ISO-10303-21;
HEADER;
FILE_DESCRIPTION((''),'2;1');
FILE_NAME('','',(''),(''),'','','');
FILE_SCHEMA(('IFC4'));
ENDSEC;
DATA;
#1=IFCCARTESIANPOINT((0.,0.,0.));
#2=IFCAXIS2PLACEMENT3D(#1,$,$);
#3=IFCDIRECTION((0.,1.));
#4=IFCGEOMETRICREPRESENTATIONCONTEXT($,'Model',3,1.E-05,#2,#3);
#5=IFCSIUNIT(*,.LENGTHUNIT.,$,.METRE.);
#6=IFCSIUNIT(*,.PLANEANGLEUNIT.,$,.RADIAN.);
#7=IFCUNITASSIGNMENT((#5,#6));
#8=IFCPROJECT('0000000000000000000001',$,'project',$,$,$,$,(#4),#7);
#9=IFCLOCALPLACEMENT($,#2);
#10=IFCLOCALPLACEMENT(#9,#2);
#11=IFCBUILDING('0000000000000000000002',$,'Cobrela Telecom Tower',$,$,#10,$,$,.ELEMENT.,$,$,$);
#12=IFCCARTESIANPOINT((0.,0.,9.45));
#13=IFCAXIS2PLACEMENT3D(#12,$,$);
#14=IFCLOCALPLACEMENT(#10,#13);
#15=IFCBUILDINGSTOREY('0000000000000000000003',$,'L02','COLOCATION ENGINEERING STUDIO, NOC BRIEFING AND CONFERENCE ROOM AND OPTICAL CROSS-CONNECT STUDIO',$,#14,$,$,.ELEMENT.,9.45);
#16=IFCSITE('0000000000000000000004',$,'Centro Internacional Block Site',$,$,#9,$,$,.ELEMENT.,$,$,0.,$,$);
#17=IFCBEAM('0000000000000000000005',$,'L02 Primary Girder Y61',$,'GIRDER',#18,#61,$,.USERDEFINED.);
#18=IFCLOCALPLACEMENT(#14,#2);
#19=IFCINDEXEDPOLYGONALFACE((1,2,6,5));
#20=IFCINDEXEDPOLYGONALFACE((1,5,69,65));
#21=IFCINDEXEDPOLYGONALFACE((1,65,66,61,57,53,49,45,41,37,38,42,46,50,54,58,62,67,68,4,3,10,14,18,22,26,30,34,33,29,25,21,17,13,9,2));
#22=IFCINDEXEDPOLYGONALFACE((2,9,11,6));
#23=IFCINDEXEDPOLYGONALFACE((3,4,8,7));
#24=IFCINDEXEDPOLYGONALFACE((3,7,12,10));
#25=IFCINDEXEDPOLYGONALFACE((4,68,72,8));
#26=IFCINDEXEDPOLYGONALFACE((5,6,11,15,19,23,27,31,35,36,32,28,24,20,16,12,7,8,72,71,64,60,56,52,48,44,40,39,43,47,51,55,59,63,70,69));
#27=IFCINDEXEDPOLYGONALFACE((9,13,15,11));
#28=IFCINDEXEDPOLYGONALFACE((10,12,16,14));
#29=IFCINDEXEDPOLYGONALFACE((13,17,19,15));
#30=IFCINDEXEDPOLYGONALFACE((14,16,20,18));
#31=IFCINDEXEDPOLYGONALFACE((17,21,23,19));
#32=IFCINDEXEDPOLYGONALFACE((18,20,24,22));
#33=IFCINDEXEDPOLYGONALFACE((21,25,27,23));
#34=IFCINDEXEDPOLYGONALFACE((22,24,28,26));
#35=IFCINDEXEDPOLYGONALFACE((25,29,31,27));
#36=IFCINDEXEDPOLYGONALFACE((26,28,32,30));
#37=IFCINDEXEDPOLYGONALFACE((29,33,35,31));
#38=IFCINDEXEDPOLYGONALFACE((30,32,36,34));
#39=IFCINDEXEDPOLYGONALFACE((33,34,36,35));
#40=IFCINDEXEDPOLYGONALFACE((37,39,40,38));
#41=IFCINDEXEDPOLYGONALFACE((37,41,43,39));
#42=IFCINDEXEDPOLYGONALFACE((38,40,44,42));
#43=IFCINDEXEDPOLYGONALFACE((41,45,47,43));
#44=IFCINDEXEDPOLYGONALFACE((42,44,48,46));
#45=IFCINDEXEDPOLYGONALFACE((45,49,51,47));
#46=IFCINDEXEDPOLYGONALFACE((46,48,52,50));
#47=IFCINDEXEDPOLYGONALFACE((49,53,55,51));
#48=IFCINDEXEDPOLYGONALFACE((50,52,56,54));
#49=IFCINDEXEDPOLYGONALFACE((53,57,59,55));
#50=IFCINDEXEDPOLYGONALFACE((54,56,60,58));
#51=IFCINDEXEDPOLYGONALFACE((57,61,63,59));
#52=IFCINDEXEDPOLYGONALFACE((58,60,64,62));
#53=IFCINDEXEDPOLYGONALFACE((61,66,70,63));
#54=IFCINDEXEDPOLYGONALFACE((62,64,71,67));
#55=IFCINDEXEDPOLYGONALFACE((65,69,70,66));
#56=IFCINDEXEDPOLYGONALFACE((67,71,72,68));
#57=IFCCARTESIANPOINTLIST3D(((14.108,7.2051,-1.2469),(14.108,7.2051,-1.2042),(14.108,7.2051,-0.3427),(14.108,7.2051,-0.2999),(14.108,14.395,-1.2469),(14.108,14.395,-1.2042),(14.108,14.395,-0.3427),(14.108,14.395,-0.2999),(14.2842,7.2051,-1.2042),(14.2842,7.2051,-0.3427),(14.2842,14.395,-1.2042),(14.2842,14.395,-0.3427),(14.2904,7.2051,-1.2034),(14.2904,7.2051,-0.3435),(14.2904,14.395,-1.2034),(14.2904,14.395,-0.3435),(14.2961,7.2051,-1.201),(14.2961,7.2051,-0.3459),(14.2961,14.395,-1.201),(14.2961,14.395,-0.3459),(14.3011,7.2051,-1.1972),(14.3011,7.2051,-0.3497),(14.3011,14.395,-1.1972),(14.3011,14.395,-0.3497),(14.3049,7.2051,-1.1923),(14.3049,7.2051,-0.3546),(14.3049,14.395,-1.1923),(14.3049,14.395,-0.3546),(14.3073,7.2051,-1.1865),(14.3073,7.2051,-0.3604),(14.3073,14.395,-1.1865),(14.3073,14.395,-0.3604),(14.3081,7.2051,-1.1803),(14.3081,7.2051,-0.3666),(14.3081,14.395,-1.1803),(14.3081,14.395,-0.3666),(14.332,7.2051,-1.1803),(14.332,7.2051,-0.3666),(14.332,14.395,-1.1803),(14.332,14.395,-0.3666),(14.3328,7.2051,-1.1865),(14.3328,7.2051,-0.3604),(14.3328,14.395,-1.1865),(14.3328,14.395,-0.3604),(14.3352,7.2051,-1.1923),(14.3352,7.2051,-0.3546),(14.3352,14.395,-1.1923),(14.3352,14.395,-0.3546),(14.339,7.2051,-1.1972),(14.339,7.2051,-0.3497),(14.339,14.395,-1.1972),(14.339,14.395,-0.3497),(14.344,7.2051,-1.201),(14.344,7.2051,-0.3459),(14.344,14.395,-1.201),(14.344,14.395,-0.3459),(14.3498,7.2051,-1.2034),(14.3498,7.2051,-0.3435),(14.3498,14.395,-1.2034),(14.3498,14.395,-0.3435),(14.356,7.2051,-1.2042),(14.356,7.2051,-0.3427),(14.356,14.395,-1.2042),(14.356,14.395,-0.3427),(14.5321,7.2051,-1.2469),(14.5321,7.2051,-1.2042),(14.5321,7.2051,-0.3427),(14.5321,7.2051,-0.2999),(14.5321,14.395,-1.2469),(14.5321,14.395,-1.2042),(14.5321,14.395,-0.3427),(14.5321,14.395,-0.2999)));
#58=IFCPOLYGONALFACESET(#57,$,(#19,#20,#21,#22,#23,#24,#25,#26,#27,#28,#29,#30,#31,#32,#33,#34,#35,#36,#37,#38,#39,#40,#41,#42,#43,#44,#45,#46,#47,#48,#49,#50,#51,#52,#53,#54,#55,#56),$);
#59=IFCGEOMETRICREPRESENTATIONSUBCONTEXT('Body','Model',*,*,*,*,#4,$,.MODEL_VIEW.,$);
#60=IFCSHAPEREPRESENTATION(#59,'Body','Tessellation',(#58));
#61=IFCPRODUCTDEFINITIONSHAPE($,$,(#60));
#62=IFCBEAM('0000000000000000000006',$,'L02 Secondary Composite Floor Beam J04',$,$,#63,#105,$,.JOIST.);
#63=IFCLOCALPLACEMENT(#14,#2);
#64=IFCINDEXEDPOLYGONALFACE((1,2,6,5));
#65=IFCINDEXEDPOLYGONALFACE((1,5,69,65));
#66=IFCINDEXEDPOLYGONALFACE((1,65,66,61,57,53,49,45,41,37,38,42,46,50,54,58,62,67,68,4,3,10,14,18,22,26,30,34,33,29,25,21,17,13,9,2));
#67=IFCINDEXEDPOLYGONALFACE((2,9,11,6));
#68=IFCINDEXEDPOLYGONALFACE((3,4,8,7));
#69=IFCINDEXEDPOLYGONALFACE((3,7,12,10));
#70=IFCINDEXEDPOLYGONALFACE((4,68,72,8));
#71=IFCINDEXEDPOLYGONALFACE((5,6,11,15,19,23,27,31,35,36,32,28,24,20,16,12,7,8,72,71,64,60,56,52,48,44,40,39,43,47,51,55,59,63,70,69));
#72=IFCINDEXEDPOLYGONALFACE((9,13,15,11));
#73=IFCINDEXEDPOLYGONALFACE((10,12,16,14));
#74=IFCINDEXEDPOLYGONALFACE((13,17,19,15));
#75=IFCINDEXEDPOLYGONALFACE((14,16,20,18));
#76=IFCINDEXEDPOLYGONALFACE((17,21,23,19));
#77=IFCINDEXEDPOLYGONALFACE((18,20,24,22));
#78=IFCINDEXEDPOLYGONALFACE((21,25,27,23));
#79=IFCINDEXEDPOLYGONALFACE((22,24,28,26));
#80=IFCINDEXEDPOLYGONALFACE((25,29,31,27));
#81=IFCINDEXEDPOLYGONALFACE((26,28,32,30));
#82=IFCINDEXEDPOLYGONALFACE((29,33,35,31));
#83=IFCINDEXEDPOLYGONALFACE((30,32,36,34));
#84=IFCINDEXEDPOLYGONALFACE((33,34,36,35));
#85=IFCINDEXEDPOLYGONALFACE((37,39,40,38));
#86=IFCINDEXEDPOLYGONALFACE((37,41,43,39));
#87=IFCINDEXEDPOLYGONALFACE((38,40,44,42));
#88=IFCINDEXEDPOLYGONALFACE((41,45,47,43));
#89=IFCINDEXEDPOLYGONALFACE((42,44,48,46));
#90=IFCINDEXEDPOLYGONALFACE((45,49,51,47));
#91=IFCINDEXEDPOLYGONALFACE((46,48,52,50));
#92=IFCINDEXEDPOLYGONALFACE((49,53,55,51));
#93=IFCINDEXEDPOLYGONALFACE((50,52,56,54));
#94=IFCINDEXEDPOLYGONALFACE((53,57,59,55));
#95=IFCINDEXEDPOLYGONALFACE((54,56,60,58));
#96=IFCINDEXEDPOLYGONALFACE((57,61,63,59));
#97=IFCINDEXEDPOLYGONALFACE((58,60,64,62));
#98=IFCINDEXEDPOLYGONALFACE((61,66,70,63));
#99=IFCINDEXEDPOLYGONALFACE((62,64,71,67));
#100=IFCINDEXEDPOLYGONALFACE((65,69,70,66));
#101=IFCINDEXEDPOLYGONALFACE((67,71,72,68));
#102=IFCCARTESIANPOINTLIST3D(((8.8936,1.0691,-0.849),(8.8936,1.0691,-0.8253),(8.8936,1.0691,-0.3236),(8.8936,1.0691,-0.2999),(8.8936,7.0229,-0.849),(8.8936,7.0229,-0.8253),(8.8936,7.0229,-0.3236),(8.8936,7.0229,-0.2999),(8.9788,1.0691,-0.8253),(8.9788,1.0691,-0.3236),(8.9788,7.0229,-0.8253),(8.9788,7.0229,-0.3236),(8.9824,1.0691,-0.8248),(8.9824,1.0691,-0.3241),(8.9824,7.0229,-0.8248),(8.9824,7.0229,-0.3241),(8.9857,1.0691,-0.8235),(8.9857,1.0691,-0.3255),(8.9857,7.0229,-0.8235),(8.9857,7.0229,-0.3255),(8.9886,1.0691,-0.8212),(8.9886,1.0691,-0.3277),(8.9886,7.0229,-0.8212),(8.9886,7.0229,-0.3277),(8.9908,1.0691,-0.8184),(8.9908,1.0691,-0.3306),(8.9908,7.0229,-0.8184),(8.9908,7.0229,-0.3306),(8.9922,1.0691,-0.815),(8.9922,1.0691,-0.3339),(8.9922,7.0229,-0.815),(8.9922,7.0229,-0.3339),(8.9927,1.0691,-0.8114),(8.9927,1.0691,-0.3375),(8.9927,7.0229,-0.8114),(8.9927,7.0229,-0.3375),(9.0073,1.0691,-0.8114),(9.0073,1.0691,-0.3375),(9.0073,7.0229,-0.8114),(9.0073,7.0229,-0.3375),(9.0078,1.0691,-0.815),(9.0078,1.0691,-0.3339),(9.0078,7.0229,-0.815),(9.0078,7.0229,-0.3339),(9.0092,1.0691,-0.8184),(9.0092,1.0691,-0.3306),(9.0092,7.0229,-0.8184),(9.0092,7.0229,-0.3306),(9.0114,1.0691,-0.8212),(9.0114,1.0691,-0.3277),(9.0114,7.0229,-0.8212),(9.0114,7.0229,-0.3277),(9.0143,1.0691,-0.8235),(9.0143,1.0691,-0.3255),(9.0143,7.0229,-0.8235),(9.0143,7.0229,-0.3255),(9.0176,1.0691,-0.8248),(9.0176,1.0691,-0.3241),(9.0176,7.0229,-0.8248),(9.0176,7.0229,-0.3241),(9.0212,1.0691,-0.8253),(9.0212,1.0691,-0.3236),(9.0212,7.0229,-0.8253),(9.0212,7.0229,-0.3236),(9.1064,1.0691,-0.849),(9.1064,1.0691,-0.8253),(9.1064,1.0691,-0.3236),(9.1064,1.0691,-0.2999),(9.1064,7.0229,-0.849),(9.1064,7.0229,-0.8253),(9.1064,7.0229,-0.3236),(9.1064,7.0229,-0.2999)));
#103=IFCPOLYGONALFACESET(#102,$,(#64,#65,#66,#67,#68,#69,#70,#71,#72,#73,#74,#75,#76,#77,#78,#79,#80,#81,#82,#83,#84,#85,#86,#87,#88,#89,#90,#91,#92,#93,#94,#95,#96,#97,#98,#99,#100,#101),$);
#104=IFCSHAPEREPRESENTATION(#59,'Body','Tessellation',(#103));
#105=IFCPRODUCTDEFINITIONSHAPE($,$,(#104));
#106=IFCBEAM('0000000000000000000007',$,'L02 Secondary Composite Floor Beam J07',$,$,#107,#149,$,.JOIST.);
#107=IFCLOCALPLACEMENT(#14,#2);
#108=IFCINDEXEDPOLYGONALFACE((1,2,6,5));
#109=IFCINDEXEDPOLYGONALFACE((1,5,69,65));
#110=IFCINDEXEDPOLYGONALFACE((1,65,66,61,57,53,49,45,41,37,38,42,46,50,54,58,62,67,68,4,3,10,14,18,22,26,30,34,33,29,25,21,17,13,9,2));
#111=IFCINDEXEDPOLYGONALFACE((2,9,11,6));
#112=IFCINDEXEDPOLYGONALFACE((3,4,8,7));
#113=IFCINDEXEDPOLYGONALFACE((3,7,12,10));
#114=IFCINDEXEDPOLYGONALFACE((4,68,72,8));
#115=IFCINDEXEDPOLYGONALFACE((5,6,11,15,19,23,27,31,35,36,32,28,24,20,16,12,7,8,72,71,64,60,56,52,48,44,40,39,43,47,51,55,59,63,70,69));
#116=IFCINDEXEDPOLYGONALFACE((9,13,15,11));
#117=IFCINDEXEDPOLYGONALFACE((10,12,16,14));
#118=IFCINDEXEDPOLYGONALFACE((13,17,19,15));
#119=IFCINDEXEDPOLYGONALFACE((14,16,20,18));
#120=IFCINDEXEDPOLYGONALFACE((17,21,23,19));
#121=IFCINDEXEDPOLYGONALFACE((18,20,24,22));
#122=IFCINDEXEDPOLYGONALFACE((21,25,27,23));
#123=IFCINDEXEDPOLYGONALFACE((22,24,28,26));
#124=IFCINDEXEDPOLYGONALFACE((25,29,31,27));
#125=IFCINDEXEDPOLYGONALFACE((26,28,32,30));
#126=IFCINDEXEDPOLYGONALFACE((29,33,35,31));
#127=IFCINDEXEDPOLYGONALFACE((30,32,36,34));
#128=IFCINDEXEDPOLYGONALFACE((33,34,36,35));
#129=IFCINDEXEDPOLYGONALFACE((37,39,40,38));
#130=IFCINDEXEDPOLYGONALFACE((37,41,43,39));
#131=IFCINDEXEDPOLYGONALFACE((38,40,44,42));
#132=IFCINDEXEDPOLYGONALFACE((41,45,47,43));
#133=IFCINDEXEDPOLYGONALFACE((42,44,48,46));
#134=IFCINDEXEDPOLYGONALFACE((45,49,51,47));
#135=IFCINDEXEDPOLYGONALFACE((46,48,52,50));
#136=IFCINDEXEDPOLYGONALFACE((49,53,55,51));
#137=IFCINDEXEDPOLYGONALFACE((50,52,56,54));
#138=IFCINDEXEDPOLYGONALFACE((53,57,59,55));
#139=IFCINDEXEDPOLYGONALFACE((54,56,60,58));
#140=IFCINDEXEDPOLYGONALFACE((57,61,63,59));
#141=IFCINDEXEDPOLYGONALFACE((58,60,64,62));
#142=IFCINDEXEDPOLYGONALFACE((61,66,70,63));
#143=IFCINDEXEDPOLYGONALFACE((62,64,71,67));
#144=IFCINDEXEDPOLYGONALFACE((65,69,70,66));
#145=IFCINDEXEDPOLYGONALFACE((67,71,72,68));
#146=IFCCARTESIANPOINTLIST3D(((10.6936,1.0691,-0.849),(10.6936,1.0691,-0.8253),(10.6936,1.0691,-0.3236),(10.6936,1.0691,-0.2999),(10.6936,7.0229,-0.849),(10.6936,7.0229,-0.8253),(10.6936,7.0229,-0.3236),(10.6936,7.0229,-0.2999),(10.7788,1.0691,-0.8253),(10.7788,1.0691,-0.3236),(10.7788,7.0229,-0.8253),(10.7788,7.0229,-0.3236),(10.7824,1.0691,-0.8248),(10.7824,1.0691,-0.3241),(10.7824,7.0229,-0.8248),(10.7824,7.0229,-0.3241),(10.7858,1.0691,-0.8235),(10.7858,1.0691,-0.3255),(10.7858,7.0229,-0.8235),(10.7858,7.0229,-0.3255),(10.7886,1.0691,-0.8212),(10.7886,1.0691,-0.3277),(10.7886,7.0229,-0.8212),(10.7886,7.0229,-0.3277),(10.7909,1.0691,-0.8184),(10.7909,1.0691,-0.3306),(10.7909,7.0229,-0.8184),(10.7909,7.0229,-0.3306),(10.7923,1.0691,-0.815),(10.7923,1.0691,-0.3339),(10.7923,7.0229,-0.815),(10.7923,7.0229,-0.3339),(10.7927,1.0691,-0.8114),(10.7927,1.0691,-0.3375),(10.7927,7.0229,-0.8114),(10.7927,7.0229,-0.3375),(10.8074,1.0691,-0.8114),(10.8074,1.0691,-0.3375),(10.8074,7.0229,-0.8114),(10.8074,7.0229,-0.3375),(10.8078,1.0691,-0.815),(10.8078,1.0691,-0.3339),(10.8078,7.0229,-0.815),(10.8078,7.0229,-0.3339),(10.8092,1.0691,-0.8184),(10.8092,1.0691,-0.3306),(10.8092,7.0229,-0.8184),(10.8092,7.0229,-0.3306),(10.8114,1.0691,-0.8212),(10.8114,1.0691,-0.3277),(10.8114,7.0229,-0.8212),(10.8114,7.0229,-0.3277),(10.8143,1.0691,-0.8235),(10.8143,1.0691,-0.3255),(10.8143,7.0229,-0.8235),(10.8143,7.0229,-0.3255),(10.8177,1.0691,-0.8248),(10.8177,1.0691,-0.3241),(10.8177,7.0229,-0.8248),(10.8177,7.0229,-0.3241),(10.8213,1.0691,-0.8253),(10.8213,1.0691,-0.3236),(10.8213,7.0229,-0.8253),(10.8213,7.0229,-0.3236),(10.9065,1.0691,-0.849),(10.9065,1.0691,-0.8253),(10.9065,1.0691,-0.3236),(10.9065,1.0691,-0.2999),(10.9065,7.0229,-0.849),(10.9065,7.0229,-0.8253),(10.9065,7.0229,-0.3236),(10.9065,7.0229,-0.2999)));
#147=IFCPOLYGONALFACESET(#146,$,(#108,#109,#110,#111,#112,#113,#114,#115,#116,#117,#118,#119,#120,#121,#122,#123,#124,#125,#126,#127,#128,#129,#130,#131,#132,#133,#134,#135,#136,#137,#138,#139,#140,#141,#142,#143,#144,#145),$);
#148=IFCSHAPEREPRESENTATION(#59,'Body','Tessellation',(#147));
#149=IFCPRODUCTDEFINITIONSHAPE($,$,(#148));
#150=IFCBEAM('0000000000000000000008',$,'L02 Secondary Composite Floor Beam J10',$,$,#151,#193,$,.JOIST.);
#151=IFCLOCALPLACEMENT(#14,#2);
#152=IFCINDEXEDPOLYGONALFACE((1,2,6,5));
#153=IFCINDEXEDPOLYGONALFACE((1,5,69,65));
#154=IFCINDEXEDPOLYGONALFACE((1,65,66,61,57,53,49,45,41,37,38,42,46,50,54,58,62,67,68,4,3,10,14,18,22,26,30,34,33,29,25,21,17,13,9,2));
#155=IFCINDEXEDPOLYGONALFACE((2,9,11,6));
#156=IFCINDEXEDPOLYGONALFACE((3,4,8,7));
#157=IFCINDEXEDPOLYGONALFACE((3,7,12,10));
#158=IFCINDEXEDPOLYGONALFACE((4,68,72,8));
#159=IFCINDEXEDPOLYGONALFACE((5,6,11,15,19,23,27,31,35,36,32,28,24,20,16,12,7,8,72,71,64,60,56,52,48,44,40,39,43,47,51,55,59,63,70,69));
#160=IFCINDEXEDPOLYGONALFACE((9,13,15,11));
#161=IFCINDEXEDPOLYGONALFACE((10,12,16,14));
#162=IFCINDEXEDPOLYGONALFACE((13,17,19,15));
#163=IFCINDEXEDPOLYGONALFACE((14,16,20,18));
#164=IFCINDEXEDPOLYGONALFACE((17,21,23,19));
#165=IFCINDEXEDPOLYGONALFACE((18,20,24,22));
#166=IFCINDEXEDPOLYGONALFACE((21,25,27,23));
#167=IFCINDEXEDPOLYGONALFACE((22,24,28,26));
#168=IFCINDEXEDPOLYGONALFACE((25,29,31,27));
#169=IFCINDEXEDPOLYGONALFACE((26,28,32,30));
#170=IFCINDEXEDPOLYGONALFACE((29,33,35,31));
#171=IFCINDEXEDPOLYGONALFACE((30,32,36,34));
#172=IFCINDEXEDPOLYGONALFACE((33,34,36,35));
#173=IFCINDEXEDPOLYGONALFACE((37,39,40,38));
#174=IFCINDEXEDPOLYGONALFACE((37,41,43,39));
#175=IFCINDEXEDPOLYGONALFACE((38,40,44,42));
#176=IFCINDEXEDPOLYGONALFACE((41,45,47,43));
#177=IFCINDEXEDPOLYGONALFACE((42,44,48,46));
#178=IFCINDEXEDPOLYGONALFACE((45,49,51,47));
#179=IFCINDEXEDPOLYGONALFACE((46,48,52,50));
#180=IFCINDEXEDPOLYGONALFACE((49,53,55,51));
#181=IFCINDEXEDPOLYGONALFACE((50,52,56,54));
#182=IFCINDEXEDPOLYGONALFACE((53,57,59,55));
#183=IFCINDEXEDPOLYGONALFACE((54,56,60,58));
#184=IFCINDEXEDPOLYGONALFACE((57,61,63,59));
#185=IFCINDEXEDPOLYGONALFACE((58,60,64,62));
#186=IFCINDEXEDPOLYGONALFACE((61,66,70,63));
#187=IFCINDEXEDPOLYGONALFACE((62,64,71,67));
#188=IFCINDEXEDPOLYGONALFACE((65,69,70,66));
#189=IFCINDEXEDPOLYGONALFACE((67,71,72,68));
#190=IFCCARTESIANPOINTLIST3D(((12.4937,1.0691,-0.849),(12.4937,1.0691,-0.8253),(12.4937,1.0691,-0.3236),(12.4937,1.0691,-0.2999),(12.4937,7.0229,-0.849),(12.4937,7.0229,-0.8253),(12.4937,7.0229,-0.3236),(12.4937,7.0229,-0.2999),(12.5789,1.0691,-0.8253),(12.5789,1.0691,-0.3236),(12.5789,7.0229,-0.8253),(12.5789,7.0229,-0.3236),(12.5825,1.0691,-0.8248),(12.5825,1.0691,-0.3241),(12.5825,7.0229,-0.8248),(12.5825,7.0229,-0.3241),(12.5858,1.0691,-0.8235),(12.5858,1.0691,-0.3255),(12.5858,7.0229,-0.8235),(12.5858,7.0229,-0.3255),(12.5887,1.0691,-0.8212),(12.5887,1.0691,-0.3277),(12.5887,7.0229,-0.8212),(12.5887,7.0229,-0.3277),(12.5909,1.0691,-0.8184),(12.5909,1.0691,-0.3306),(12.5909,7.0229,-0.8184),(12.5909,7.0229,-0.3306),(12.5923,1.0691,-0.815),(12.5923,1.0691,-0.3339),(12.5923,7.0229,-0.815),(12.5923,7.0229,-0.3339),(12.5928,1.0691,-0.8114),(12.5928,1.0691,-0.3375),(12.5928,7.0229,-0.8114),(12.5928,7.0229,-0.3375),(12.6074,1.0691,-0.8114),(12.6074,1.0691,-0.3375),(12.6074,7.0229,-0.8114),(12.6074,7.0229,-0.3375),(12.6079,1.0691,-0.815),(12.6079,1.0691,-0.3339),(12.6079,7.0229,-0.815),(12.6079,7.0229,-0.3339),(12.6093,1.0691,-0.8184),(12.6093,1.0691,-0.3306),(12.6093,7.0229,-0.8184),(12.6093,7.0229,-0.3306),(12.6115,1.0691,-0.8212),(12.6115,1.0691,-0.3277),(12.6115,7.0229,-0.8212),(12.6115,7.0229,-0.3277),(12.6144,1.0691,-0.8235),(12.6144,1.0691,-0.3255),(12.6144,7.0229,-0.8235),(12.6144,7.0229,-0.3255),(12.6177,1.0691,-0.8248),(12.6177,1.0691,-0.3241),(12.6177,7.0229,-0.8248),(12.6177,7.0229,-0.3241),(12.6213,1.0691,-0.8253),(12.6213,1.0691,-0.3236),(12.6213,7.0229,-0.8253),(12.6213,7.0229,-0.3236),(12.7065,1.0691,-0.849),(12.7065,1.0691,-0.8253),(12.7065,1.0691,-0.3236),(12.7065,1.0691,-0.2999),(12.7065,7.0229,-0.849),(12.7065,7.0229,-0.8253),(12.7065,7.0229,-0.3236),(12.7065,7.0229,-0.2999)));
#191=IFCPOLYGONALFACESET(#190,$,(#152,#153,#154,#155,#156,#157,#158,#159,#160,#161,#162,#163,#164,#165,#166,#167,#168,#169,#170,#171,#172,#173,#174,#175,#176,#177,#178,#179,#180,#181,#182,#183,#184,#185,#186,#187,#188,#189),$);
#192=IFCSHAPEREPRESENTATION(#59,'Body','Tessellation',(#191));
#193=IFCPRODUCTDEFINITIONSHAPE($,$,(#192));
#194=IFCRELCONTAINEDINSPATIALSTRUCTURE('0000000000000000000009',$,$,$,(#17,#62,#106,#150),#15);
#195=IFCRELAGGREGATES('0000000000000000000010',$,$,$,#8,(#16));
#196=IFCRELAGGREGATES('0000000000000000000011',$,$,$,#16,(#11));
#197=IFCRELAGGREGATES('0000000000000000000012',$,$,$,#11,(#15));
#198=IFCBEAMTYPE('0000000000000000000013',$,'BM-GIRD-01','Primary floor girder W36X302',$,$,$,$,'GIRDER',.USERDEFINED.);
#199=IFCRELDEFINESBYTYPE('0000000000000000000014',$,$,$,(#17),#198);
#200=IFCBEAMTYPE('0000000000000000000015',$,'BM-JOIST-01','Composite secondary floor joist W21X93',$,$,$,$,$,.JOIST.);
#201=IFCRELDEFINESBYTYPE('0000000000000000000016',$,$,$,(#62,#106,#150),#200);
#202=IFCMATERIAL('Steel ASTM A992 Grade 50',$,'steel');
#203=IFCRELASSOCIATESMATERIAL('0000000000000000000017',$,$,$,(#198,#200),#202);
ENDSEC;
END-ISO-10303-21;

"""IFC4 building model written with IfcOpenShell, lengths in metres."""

from ifc_helpers import new_model, si_unit, direction, frame, origin, origin_2d, place, context, subcontext, project, spatial, i_section, extrude, material, material_profile, profile_set, type_object, element, save


model = new_model("IFC4")

# Units and contexts
model_context = context("Model", 3, precision=1e-05, world=origin(), true_north=direction((0.0, 1.0)))
body_context = subcontext(model_context, "Body", "Model", "MODEL_VIEW")
ifc_project = project(units=[si_unit("LENGTHUNIT", "METRE"), si_unit("PLANEANGLEUNIT", "RADIAN")], contexts=[model_context])

# Site, building, storey
site_placement = place(None, origin())
site = spatial("IfcSite", under=ifc_project, at=site_placement, Name="Centro Internacional Block Site", CompositionType="ELEMENT", RefElevation=0.0)
building_placement = place(site_placement, origin())
building = spatial("IfcBuilding", under=site, at=building_placement, Name="Cobrela Telecom Tower", CompositionType="ELEMENT")
storey_placement = place(building_placement, frame((0.0, 0.0, 9.45)))
storey = spatial("IfcBuildingStorey", under=building, at=storey_placement, Name="L02", Description="COLOCATION ENGINEERING STUDIO, NOC BRIEFING AND CONFERENCE ROOM AND OPTICAL CROSS-CONNECT STUDIO", CompositionType="ELEMENT", Elevation=9.45)

# Beams
ifc_material_1 = material(Name="Steel ASTM A992 Grade 50", Category="steel")
ifc_material_profile_1 = material_profile(ifc_material_1, i_section(OverallWidth=0.4241, OverallDepth=0.947, WebThickness=0.0239, FlangeThickness=0.0427, FilletRadius=0.0239, at=origin_2d()), Name="W36X302")
ifc_profile_set_1 = profile_set([ifc_material_profile_1], Name="Steel ASTM A992 Grade 50")
beam_type_1 = type_object("IfcBeamType", Name="BM-GIRD-01", Description="Primary floor girder W36X302", ElementType="GIRDER", PredefinedType="USERDEFINED", material=ifc_profile_set_1)
beam_1_placement = place(storey_placement, frame((14.3201, 7.2051, -0.7734), z_axis=(0.0, 1.0, 0.0), x_axis=(-1.0, 0.0, 0.0)))
element("IfcBeam", 1, at=beam_1_placement, inside=storey, type_object=beam_type_1, Name="L02 Primary Girder Y61", ObjectType="GIRDER", PredefinedType="USERDEFINED", context=body_context, shape_type="SweptSolid", body=[
    extrude(i_section(OverallWidth=0.4241, OverallDepth=0.947, WebThickness=0.0239, FlangeThickness=0.0427, FilletRadius=0.0239, at=origin_2d()), origin(), (0.0, 0.0, 1.0), 7.1899),
])
ifc_material_profile_2 = material_profile(ifc_material_1, i_section(OverallWidth=0.2129, OverallDepth=0.5491, WebThickness=0.0146, FlangeThickness=0.0237, FilletRadius=0.0139, at=origin_2d()), Name="W21X93")
ifc_profile_set_2 = profile_set([ifc_material_profile_2], Name="Steel ASTM A992 Grade 50")
beam_type_2 = type_object("IfcBeamType", Name="BM-JOIST-01", Description="Composite secondary floor joist W21X93", PredefinedType="JOIST", material=ifc_profile_set_2)
for number, where, z_axis, x_axis, name in (
    (2, (9.0, 1.0691, -0.5745), (0.0, 1.0, 0.0), (-1.0, 0.0, 0.0), "L02 Secondary Composite Floor Beam J04"),
    (3, (10.8, 1.0691, -0.5745), (0.0, 1.0, 0.0), (-1.0, 0.0, 0.0), "L02 Secondary Composite Floor Beam J07"),
    (4, (12.6001, 1.0691, -0.5745), (0.0, 1.0, 0.0), (-1.0, 0.0, 0.0), "L02 Secondary Composite Floor Beam J10"),
):
    element("IfcBeam", number, at=place(storey_placement, frame(where, z_axis=z_axis, x_axis=x_axis)), inside=storey, type_object=beam_type_2, Name=name, PredefinedType="JOIST", context=body_context, shape_type="SweptSolid", body=[
        extrude(i_section(OverallWidth=0.2129, OverallDepth=0.5491, WebThickness=0.0146, FlangeThickness=0.0237, FilletRadius=0.0139, at=origin_2d()), origin(), (0.0, 0.0, 1.0), 5.9539),
    ])

save(model, "model.ifc")
